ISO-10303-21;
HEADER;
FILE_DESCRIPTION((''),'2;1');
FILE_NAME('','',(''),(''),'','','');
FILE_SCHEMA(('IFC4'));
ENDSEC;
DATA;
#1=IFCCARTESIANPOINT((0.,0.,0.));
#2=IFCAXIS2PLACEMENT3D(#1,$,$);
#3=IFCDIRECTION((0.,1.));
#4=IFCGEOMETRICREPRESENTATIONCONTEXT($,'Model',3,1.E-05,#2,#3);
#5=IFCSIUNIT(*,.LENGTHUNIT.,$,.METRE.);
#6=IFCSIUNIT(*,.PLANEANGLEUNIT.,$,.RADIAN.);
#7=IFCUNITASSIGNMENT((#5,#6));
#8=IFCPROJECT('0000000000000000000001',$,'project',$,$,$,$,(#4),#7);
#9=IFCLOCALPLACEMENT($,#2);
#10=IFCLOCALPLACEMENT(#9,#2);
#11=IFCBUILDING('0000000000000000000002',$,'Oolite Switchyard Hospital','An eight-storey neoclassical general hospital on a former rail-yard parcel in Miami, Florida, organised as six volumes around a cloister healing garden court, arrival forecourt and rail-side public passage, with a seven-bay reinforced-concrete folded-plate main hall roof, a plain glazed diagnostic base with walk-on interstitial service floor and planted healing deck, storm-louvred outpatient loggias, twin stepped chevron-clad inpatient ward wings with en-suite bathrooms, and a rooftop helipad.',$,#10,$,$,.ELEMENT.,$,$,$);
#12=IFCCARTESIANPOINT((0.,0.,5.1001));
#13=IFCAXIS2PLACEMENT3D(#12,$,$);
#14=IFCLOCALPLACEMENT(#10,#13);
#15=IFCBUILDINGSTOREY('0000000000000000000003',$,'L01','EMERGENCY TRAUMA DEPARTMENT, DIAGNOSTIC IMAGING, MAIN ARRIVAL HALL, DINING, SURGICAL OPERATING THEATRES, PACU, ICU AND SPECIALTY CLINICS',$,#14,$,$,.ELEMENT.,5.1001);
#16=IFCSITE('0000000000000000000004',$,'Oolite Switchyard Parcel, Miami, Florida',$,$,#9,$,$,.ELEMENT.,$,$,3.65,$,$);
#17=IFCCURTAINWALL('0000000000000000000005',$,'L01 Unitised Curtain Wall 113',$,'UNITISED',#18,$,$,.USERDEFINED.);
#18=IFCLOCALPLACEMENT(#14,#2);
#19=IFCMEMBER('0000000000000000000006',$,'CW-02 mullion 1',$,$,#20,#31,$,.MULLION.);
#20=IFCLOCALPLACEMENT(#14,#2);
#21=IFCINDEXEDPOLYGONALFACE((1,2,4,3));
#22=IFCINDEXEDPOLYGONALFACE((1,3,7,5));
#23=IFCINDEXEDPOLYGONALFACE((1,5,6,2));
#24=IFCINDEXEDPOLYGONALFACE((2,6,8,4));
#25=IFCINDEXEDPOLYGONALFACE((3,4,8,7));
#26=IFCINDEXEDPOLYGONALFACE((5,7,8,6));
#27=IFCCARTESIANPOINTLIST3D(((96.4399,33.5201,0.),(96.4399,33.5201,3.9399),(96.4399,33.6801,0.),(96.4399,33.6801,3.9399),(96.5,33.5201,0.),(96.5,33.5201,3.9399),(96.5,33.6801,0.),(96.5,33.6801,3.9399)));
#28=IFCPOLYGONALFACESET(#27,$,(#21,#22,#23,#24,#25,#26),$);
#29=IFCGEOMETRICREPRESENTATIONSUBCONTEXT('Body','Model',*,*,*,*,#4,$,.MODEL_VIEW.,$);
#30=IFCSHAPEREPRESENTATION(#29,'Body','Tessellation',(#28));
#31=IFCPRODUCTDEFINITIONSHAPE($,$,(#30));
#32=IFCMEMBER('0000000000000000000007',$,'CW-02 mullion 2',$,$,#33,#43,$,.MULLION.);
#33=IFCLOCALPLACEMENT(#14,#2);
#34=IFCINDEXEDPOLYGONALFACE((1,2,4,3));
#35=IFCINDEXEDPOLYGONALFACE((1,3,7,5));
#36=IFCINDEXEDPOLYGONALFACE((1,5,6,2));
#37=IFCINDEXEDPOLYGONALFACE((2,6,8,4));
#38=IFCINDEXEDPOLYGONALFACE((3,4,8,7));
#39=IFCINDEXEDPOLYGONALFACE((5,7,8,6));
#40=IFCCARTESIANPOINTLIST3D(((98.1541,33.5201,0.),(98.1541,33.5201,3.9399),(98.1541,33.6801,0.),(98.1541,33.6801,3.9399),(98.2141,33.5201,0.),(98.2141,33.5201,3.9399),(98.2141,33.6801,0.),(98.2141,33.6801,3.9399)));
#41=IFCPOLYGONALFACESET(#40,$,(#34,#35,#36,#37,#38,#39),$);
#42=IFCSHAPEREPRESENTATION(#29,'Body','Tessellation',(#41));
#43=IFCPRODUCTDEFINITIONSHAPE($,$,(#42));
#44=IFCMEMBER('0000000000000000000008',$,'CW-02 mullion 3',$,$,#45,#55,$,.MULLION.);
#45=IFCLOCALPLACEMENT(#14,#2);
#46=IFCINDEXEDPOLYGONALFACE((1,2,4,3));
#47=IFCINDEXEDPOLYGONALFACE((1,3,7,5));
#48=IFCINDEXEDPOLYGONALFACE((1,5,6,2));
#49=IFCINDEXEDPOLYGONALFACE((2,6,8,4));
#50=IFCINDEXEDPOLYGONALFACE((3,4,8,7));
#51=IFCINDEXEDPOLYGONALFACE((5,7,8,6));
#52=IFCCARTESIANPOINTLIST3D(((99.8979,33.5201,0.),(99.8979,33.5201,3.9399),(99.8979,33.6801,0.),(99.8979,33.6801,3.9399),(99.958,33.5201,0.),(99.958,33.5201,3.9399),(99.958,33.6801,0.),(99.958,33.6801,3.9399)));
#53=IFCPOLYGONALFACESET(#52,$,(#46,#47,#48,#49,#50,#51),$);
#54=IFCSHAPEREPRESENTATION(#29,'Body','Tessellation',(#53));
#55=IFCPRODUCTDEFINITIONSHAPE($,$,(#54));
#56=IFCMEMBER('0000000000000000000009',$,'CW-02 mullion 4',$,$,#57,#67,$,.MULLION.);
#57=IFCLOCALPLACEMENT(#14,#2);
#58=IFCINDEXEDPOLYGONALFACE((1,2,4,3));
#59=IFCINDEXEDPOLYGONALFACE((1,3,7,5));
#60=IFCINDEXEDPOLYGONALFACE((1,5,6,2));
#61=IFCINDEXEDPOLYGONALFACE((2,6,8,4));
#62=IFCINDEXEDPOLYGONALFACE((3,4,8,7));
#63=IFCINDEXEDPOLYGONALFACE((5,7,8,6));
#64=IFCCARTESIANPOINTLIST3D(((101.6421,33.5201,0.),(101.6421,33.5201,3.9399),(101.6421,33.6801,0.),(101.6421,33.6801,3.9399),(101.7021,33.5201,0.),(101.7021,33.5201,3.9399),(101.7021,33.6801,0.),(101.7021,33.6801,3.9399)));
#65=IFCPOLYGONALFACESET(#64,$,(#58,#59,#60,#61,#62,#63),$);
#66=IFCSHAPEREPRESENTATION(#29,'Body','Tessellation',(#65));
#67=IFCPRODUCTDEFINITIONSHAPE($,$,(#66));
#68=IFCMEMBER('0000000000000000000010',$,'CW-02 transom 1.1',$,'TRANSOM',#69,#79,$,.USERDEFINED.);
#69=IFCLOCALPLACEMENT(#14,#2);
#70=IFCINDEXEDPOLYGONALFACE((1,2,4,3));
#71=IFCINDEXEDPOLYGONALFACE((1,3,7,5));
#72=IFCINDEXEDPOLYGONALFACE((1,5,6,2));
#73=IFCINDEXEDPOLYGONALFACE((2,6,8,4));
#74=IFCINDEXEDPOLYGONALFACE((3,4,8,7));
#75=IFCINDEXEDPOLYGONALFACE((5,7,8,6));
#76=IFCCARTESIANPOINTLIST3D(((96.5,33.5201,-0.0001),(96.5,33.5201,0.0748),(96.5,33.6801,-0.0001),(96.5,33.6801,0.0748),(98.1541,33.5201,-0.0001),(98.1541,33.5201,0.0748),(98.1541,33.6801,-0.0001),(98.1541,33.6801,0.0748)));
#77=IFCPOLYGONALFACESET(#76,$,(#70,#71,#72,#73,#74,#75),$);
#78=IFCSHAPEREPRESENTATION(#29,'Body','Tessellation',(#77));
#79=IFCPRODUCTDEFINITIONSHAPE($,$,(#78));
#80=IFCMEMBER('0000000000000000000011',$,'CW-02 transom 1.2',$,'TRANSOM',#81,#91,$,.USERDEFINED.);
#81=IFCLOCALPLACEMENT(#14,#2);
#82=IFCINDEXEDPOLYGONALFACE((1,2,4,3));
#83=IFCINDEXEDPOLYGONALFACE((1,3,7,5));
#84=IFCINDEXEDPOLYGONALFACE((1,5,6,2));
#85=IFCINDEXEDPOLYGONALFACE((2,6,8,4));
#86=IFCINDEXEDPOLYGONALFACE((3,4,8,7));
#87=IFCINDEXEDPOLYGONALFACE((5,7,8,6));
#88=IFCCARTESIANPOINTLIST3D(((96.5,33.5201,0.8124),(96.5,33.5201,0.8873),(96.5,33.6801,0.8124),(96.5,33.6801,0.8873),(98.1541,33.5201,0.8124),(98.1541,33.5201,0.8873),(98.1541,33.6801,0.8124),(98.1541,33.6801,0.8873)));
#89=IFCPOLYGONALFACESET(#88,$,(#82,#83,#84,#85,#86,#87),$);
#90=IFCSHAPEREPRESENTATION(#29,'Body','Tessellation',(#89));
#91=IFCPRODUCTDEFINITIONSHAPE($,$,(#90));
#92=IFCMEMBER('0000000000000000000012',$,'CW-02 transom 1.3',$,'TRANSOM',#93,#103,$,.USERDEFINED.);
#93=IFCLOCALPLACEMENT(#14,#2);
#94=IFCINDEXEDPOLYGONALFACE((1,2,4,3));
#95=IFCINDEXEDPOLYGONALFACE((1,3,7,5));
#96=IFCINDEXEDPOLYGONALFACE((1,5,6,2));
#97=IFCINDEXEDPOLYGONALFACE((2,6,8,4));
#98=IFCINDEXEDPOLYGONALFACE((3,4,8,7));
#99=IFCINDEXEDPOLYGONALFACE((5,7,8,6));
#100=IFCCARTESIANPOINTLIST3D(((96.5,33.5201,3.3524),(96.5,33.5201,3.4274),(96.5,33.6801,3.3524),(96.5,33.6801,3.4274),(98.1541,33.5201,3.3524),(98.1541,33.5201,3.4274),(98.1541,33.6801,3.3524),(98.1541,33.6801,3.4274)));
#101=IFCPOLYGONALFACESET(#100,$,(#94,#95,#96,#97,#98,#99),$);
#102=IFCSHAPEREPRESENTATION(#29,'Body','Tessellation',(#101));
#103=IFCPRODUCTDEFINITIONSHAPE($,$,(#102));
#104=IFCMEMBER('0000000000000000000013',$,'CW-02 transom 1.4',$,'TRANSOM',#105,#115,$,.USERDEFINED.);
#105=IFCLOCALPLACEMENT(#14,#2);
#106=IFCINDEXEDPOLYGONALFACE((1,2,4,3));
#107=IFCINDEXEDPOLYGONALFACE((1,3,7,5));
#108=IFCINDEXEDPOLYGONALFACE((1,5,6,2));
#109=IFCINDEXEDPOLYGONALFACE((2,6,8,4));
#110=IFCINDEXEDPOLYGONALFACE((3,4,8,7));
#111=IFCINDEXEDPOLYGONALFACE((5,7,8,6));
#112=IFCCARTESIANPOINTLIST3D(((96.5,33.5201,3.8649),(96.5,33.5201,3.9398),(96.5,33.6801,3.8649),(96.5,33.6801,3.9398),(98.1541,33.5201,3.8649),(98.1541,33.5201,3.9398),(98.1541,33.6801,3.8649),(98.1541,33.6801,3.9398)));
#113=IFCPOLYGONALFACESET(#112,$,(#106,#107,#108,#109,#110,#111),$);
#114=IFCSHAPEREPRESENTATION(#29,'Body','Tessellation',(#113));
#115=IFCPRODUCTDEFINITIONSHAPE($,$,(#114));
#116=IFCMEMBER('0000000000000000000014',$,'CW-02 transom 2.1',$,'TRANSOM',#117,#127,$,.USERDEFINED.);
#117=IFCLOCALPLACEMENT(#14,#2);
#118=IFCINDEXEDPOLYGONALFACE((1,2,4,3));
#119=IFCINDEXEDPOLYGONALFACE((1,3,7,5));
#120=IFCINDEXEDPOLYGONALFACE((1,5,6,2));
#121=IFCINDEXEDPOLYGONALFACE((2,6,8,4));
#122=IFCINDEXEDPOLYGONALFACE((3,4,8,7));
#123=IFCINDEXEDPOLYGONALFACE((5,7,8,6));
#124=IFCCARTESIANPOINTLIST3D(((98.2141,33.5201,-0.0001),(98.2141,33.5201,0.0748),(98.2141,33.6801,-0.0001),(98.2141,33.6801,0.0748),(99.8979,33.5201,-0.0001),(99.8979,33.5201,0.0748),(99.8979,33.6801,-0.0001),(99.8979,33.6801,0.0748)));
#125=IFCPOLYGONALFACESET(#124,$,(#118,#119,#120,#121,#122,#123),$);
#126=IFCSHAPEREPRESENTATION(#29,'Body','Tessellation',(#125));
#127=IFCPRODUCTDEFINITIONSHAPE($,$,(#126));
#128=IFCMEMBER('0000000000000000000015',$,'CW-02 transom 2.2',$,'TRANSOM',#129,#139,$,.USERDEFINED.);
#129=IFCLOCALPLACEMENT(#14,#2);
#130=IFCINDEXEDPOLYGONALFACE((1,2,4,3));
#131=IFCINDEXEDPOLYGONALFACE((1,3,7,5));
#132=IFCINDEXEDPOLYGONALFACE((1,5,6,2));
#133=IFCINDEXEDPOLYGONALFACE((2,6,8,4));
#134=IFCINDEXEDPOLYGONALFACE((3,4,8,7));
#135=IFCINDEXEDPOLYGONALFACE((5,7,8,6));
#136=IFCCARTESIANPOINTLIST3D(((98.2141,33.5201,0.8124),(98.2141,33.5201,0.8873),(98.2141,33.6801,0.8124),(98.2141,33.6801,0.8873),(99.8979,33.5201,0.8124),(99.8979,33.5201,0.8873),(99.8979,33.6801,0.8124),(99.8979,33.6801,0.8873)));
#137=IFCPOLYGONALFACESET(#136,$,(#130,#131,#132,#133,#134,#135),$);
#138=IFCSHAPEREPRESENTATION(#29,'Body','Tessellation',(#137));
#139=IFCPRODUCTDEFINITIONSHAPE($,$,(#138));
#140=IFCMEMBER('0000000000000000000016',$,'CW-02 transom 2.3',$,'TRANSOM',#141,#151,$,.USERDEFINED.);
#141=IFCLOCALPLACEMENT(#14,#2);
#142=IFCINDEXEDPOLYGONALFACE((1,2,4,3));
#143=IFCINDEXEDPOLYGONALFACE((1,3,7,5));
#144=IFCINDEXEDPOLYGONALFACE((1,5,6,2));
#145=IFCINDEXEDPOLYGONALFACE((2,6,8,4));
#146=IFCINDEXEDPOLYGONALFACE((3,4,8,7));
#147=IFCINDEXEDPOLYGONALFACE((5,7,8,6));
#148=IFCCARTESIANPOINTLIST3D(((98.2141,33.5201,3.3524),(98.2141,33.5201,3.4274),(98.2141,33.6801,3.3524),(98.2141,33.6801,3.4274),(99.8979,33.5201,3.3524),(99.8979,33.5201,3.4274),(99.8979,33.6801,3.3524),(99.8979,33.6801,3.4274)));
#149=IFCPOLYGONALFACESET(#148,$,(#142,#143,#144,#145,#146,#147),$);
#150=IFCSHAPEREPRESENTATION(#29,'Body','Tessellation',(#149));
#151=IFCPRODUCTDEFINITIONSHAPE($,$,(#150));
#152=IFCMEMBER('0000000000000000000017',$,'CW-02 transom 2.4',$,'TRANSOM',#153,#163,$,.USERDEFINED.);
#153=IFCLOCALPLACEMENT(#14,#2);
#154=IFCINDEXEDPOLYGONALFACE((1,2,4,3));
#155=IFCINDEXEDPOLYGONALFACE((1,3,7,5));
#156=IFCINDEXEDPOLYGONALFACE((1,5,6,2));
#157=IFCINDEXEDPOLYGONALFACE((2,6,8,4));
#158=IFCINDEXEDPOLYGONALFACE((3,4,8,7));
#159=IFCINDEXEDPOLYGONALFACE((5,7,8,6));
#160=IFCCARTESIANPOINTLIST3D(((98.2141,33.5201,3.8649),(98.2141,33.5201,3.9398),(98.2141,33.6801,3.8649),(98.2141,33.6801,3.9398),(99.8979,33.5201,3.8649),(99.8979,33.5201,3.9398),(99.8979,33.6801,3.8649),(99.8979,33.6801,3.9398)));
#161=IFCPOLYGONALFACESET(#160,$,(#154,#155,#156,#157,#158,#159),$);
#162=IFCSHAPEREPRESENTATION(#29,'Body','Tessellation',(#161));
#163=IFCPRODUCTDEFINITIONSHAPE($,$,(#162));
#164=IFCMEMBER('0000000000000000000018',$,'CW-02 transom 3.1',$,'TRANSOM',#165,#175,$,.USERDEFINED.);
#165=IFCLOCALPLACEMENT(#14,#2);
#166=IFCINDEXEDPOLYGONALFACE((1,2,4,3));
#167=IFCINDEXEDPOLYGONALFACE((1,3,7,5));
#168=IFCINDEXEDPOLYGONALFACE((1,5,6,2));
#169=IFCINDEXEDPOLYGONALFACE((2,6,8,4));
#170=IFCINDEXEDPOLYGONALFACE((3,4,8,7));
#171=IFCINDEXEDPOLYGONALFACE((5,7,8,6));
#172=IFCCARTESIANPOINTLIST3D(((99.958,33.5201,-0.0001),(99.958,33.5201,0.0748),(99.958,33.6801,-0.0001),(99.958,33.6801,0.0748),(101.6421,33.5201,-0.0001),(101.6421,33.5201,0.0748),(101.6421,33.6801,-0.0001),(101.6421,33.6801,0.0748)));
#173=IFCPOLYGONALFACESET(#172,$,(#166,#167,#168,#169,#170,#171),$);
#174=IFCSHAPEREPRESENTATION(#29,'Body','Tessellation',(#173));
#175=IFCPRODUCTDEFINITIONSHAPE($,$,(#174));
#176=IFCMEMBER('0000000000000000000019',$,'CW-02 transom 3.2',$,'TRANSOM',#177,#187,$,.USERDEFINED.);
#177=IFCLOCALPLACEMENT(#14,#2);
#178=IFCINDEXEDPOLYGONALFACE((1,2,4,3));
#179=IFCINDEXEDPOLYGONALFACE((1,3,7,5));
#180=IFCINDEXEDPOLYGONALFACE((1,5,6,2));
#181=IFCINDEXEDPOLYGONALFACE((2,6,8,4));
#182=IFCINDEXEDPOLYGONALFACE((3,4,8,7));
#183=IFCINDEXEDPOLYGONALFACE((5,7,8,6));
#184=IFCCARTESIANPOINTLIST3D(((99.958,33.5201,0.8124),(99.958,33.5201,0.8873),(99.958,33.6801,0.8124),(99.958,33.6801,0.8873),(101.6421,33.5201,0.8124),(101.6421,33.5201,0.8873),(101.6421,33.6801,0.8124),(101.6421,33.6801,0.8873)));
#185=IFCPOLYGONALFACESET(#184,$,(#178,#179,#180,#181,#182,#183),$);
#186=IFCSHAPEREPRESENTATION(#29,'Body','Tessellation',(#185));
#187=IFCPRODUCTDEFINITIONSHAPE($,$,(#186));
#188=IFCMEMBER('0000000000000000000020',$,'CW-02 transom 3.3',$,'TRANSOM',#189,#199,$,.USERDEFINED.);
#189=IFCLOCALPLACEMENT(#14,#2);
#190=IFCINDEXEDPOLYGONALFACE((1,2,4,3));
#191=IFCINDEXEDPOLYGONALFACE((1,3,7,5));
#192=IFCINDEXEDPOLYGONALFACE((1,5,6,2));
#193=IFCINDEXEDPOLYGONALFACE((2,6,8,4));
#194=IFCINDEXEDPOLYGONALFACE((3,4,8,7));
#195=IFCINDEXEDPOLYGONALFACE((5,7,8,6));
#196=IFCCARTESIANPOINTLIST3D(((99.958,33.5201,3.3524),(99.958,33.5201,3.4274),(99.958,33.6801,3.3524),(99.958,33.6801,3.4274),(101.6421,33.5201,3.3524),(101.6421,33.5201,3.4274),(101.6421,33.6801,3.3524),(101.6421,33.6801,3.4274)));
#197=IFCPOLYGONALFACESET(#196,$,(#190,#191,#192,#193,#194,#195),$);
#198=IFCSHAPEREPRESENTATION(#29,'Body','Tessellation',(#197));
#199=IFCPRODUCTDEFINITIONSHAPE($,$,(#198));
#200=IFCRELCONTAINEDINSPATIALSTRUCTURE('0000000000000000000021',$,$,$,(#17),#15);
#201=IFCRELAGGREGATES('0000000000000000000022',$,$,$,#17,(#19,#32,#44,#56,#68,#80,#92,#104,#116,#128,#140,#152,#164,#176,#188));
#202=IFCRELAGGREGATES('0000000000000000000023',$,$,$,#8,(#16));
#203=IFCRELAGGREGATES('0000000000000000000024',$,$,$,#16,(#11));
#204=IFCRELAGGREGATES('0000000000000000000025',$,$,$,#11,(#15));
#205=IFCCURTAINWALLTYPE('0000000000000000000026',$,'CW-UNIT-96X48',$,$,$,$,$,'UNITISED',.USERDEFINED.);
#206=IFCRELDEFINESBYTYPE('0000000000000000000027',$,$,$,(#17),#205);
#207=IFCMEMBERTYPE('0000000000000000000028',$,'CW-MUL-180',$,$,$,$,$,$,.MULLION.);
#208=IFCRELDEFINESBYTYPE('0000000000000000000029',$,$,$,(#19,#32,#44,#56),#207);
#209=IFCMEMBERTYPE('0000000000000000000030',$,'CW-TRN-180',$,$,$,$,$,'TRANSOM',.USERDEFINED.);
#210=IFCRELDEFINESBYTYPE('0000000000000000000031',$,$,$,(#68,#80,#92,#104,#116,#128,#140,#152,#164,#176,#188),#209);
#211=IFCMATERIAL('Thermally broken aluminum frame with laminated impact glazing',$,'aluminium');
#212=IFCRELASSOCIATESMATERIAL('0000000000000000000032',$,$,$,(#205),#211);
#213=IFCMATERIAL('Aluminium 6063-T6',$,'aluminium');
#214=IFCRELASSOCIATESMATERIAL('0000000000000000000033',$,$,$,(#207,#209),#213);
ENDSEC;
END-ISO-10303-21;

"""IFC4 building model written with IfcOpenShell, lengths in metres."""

from ifc_helpers import new_model, si_unit, direction, frame, origin, origin_2d, place, context, subcontext, project, spatial, rectangle, extrude, material, material_profile, profile_set, type_object, element, aggregate, save


model = new_model("IFC4")

# Units and contexts
model_context = context("Model", 3, precision=1e-05, world=origin(), true_north=direction((0.0, 1.0)))
body_context = subcontext(model_context, "Body", "Model", "MODEL_VIEW")
ifc_project = project(units=[si_unit("LENGTHUNIT", "METRE"), si_unit("PLANEANGLEUNIT", "RADIAN")], contexts=[model_context])

# Site, building, storey
site_placement = place(None, origin())
site = spatial("IfcSite", under=ifc_project, at=site_placement, Name="Oolite Switchyard Parcel, Miami, Florida", CompositionType="ELEMENT", RefElevation=3.65)
building_placement = place(site_placement, origin())
building = spatial("IfcBuilding", under=site, at=building_placement, Name="Oolite Switchyard Hospital", Description="An eight-storey neoclassical general hospital on a former rail-yard parcel in Miami, Florida, organised as six volumes around a cloister healing garden court, arrival forecourt and rail-side public passage, with a seven-bay reinforced-concrete folded-plate main hall roof, a plain glazed diagnostic base with walk-on interstitial service floor and planted healing deck, storm-louvred outpatient loggias, twin stepped chevron-clad inpatient ward wings with en-suite bathrooms, and a rooftop helipad.", CompositionType="ELEMENT")
storey_placement = place(building_placement, frame((0.0, 0.0, 5.1001)))
storey = spatial("IfcBuildingStorey", under=building, at=storey_placement, Name="L01", Description="EMERGENCY TRAUMA DEPARTMENT, DIAGNOSTIC IMAGING, MAIN ARRIVAL HALL, DINING, SURGICAL OPERATING THEATRES, PACU, ICU AND SPECIALTY CLINICS", CompositionType="ELEMENT", Elevation=5.1001)

# Curtain wall, members
ifc_material_1 = material(Name="Thermally broken aluminum frame with laminated impact glazing", Category="aluminium")
curtain_wall_type = type_object("IfcCurtainWallType", Name="CW-UNIT-96X48", ElementType="UNITISED", PredefinedType="USERDEFINED", material=ifc_material_1)
curtain_wall_placement = place(storey_placement, origin())
curtain_wall = element("IfcCurtainWall", 1, at=curtain_wall_placement, inside=storey, type_object=curtain_wall_type, Name="L01 Unitised Curtain Wall 113", ObjectType="UNITISED", PredefinedType="USERDEFINED")
ifc_material_2 = material(Name="Aluminium 6063-T6", Category="aluminium")
ifc_material_profile_1 = material_profile(ifc_material_2, rectangle(XDim=0.1599, YDim=0.0601, at=origin_2d()), Name="CWM60X160")
ifc_profile_set_1 = profile_set([ifc_material_profile_1], Name="Aluminium 6063-T6")
member_type_1 = type_object("IfcMemberType", Name="CW-MUL-180", PredefinedType="MULLION", material=ifc_profile_set_1)
member_1_placement = place(storey_placement, frame((96.47, 33.6001, 0.0), z_axis=(0.0, 0.0, 1.0), x_axis=(0.0, 1.0, 0.0)))
member_1 = element("IfcMember", 2, at=member_1_placement, type_object=member_type_1, Name="CW-02 mullion 1", PredefinedType="MULLION", context=body_context, shape_type="SweptSolid", body=[
    extrude(rectangle(XDim=0.1599, YDim=0.0601, at=origin_2d()), origin(), (0.0, 0.0, 1.0), 3.9399),
])
member_2_placement = place(storey_placement, frame((98.1841, 33.6001, 0.0), z_axis=(0.0, 0.0, 1.0), x_axis=(0.0, 1.0, 0.0)))
member_2 = element("IfcMember", 3, at=member_2_placement, type_object=member_type_1, Name="CW-02 mullion 2", PredefinedType="MULLION", context=body_context, shape_type="SweptSolid", body=[
    extrude(rectangle(XDim=0.1599, YDim=0.0601, at=origin_2d()), origin(), (0.0, 0.0, 1.0), 3.9399),
])
member_3_placement = place(storey_placement, frame((99.928, 33.6001, 0.0), z_axis=(0.0, 0.0, 1.0), x_axis=(0.0, 1.0, 0.0)))
member_3 = element("IfcMember", 4, at=member_3_placement, type_object=member_type_1, Name="CW-02 mullion 3", PredefinedType="MULLION", context=body_context, shape_type="SweptSolid", body=[
    extrude(rectangle(XDim=0.1599, YDim=0.0601, at=origin_2d()), origin(), (0.0, 0.0, 1.0), 3.9399),
])
member_4_placement = place(storey_placement, frame((101.6721, 33.6001, 0.0), z_axis=(0.0, 0.0, 1.0), x_axis=(0.0, 1.0, 0.0)))
member_4 = element("IfcMember", 5, at=member_4_placement, type_object=member_type_1, Name="CW-02 mullion 4", PredefinedType="MULLION", context=body_context, shape_type="SweptSolid", body=[
    extrude(rectangle(XDim=0.1599, YDim=0.0601, at=origin_2d()), origin(), (0.0, 0.0, 1.0), 3.9399),
])
ifc_material_profile_2 = material_profile(ifc_material_2, rectangle(XDim=0.1599, YDim=0.075, at=origin_2d()), Name="CWT75X160")
ifc_profile_set_2 = profile_set([ifc_material_profile_2], Name="Aluminium 6063-T6")
member_type_2 = type_object("IfcMemberType", Name="CW-TRN-180", ElementType="TRANSOM", PredefinedType="USERDEFINED", material=ifc_profile_set_2)
member_5_placement = place(storey_placement, frame((96.5, 33.6001, 0.0374), z_axis=(1.0, 0.0, 0.0), x_axis=(0.0, 1.0, 0.0)))
member_5 = element("IfcMember", 6, at=member_5_placement, type_object=member_type_2, Name="CW-02 transom 1.1", ObjectType="TRANSOM", PredefinedType="USERDEFINED", context=body_context, shape_type="SweptSolid", body=[
    extrude(rectangle(XDim=0.1599, YDim=0.075, at=origin_2d()), origin(), (0.0, 0.0, 1.0), 1.6541),
])
member_6_placement = place(storey_placement, frame((96.5, 33.6001, 0.8499), z_axis=(1.0, 0.0, 0.0), x_axis=(0.0, 1.0, 0.0)))
member_6 = element("IfcMember", 7, at=member_6_placement, type_object=member_type_2, Name="CW-02 transom 1.2", ObjectType="TRANSOM", PredefinedType="USERDEFINED", context=body_context, shape_type="SweptSolid", body=[
    extrude(rectangle(XDim=0.1599, YDim=0.075, at=origin_2d()), origin(), (0.0, 0.0, 1.0), 1.6541),
])
member_7_placement = place(storey_placement, frame((96.5, 33.6001, 3.3899), z_axis=(1.0, 0.0, 0.0), x_axis=(0.0, 1.0, 0.0)))
member_7 = element("IfcMember", 8, at=member_7_placement, type_object=member_type_2, Name="CW-02 transom 1.3", ObjectType="TRANSOM", PredefinedType="USERDEFINED", context=body_context, shape_type="SweptSolid", body=[
    extrude(rectangle(XDim=0.1599, YDim=0.075, at=origin_2d()), origin(), (0.0, 0.0, 1.0), 1.6541),
])
member_8_placement = place(storey_placement, frame((96.5, 33.6001, 3.9023), z_axis=(1.0, 0.0, 0.0), x_axis=(0.0, 1.0, 0.0)))
member_8 = element("IfcMember", 9, at=member_8_placement, type_object=member_type_2, Name="CW-02 transom 1.4", ObjectType="TRANSOM", PredefinedType="USERDEFINED", context=body_context, shape_type="SweptSolid", body=[
    extrude(rectangle(XDim=0.1599, YDim=0.075, at=origin_2d()), origin(), (0.0, 0.0, 1.0), 1.6541),
])
member_9_placement = place(storey_placement, frame((98.2141, 33.6001, 0.0374), z_axis=(1.0, 0.0, 0.0), x_axis=(0.0, 1.0, 0.0)))
member_9 = element("IfcMember", 10, at=member_9_placement, type_object=member_type_2, Name="CW-02 transom 2.1", ObjectType="TRANSOM", PredefinedType="USERDEFINED", context=body_context, shape_type="SweptSolid", body=[
    extrude(rectangle(XDim=0.1599, YDim=0.075, at=origin_2d()), origin(), (0.0, 0.0, 1.0), 1.6838),
])
member_10_placement = place(storey_placement, frame((98.2141, 33.6001, 0.8499), z_axis=(1.0, 0.0, 0.0), x_axis=(0.0, 1.0, 0.0)))
member_10 = element("IfcMember", 11, at=member_10_placement, type_object=member_type_2, Name="CW-02 transom 2.2", ObjectType="TRANSOM", PredefinedType="USERDEFINED", context=body_context, shape_type="SweptSolid", body=[
    extrude(rectangle(XDim=0.1599, YDim=0.075, at=origin_2d()), origin(), (0.0, 0.0, 1.0), 1.6838),
])
member_11_placement = place(storey_placement, frame((98.2141, 33.6001, 3.3899), z_axis=(1.0, 0.0, 0.0), x_axis=(0.0, 1.0, 0.0)))
member_11 = element("IfcMember", 12, at=member_11_placement, type_object=member_type_2, Name="CW-02 transom 2.3", ObjectType="TRANSOM", PredefinedType="USERDEFINED", context=body_context, shape_type="SweptSolid", body=[
    extrude(rectangle(XDim=0.1599, YDim=0.075, at=origin_2d()), origin(), (0.0, 0.0, 1.0), 1.6838),
])
member_12_placement = place(storey_placement, frame((98.2141, 33.6001, 3.9023), z_axis=(1.0, 0.0, 0.0), x_axis=(0.0, 1.0, 0.0)))
member_12 = element("IfcMember", 13, at=member_12_placement, type_object=member_type_2, Name="CW-02 transom 2.4", ObjectType="TRANSOM", PredefinedType="USERDEFINED", context=body_context, shape_type="SweptSolid", body=[
    extrude(rectangle(XDim=0.1599, YDim=0.075, at=origin_2d()), origin(), (0.0, 0.0, 1.0), 1.6838),
])
member_13_placement = place(storey_placement, frame((99.958, 33.6001, 0.0374), z_axis=(1.0, 0.0, 0.0), x_axis=(0.0, 1.0, 0.0)))
member_13 = element("IfcMember", 14, at=member_13_placement, type_object=member_type_2, Name="CW-02 transom 3.1", ObjectType="TRANSOM", PredefinedType="USERDEFINED", context=body_context, shape_type="SweptSolid", body=[
    extrude(rectangle(XDim=0.1599, YDim=0.075, at=origin_2d()), origin(), (0.0, 0.0, 1.0), 1.6841),
])
member_14_placement = place(storey_placement, frame((99.958, 33.6001, 0.8499), z_axis=(1.0, 0.0, 0.0), x_axis=(0.0, 1.0, 0.0)))
member_14 = element("IfcMember", 15, at=member_14_placement, type_object=member_type_2, Name="CW-02 transom 3.2", ObjectType="TRANSOM", PredefinedType="USERDEFINED", context=body_context, shape_type="SweptSolid", body=[
    extrude(rectangle(XDim=0.1599, YDim=0.075, at=origin_2d()), origin(), (0.0, 0.0, 1.0), 1.6841),
])
member_15_placement = place(storey_placement, frame((99.958, 33.6001, 3.3899), z_axis=(1.0, 0.0, 0.0), x_axis=(0.0, 1.0, 0.0)))
member_15 = element("IfcMember", 16, at=member_15_placement, type_object=member_type_2, Name="CW-02 transom 3.3", ObjectType="TRANSOM", PredefinedType="USERDEFINED", context=body_context, shape_type="SweptSolid", body=[
    extrude(rectangle(XDim=0.1599, YDim=0.075, at=origin_2d()), origin(), (0.0, 0.0, 1.0), 1.6841),
])
aggregate(curtain_wall, [member_1, member_2, member_3, member_4, member_5, member_6, member_7, member_8, member_9, member_10, member_11, member_12, member_13, member_14, member_15])

save(model, "model.ifc")
